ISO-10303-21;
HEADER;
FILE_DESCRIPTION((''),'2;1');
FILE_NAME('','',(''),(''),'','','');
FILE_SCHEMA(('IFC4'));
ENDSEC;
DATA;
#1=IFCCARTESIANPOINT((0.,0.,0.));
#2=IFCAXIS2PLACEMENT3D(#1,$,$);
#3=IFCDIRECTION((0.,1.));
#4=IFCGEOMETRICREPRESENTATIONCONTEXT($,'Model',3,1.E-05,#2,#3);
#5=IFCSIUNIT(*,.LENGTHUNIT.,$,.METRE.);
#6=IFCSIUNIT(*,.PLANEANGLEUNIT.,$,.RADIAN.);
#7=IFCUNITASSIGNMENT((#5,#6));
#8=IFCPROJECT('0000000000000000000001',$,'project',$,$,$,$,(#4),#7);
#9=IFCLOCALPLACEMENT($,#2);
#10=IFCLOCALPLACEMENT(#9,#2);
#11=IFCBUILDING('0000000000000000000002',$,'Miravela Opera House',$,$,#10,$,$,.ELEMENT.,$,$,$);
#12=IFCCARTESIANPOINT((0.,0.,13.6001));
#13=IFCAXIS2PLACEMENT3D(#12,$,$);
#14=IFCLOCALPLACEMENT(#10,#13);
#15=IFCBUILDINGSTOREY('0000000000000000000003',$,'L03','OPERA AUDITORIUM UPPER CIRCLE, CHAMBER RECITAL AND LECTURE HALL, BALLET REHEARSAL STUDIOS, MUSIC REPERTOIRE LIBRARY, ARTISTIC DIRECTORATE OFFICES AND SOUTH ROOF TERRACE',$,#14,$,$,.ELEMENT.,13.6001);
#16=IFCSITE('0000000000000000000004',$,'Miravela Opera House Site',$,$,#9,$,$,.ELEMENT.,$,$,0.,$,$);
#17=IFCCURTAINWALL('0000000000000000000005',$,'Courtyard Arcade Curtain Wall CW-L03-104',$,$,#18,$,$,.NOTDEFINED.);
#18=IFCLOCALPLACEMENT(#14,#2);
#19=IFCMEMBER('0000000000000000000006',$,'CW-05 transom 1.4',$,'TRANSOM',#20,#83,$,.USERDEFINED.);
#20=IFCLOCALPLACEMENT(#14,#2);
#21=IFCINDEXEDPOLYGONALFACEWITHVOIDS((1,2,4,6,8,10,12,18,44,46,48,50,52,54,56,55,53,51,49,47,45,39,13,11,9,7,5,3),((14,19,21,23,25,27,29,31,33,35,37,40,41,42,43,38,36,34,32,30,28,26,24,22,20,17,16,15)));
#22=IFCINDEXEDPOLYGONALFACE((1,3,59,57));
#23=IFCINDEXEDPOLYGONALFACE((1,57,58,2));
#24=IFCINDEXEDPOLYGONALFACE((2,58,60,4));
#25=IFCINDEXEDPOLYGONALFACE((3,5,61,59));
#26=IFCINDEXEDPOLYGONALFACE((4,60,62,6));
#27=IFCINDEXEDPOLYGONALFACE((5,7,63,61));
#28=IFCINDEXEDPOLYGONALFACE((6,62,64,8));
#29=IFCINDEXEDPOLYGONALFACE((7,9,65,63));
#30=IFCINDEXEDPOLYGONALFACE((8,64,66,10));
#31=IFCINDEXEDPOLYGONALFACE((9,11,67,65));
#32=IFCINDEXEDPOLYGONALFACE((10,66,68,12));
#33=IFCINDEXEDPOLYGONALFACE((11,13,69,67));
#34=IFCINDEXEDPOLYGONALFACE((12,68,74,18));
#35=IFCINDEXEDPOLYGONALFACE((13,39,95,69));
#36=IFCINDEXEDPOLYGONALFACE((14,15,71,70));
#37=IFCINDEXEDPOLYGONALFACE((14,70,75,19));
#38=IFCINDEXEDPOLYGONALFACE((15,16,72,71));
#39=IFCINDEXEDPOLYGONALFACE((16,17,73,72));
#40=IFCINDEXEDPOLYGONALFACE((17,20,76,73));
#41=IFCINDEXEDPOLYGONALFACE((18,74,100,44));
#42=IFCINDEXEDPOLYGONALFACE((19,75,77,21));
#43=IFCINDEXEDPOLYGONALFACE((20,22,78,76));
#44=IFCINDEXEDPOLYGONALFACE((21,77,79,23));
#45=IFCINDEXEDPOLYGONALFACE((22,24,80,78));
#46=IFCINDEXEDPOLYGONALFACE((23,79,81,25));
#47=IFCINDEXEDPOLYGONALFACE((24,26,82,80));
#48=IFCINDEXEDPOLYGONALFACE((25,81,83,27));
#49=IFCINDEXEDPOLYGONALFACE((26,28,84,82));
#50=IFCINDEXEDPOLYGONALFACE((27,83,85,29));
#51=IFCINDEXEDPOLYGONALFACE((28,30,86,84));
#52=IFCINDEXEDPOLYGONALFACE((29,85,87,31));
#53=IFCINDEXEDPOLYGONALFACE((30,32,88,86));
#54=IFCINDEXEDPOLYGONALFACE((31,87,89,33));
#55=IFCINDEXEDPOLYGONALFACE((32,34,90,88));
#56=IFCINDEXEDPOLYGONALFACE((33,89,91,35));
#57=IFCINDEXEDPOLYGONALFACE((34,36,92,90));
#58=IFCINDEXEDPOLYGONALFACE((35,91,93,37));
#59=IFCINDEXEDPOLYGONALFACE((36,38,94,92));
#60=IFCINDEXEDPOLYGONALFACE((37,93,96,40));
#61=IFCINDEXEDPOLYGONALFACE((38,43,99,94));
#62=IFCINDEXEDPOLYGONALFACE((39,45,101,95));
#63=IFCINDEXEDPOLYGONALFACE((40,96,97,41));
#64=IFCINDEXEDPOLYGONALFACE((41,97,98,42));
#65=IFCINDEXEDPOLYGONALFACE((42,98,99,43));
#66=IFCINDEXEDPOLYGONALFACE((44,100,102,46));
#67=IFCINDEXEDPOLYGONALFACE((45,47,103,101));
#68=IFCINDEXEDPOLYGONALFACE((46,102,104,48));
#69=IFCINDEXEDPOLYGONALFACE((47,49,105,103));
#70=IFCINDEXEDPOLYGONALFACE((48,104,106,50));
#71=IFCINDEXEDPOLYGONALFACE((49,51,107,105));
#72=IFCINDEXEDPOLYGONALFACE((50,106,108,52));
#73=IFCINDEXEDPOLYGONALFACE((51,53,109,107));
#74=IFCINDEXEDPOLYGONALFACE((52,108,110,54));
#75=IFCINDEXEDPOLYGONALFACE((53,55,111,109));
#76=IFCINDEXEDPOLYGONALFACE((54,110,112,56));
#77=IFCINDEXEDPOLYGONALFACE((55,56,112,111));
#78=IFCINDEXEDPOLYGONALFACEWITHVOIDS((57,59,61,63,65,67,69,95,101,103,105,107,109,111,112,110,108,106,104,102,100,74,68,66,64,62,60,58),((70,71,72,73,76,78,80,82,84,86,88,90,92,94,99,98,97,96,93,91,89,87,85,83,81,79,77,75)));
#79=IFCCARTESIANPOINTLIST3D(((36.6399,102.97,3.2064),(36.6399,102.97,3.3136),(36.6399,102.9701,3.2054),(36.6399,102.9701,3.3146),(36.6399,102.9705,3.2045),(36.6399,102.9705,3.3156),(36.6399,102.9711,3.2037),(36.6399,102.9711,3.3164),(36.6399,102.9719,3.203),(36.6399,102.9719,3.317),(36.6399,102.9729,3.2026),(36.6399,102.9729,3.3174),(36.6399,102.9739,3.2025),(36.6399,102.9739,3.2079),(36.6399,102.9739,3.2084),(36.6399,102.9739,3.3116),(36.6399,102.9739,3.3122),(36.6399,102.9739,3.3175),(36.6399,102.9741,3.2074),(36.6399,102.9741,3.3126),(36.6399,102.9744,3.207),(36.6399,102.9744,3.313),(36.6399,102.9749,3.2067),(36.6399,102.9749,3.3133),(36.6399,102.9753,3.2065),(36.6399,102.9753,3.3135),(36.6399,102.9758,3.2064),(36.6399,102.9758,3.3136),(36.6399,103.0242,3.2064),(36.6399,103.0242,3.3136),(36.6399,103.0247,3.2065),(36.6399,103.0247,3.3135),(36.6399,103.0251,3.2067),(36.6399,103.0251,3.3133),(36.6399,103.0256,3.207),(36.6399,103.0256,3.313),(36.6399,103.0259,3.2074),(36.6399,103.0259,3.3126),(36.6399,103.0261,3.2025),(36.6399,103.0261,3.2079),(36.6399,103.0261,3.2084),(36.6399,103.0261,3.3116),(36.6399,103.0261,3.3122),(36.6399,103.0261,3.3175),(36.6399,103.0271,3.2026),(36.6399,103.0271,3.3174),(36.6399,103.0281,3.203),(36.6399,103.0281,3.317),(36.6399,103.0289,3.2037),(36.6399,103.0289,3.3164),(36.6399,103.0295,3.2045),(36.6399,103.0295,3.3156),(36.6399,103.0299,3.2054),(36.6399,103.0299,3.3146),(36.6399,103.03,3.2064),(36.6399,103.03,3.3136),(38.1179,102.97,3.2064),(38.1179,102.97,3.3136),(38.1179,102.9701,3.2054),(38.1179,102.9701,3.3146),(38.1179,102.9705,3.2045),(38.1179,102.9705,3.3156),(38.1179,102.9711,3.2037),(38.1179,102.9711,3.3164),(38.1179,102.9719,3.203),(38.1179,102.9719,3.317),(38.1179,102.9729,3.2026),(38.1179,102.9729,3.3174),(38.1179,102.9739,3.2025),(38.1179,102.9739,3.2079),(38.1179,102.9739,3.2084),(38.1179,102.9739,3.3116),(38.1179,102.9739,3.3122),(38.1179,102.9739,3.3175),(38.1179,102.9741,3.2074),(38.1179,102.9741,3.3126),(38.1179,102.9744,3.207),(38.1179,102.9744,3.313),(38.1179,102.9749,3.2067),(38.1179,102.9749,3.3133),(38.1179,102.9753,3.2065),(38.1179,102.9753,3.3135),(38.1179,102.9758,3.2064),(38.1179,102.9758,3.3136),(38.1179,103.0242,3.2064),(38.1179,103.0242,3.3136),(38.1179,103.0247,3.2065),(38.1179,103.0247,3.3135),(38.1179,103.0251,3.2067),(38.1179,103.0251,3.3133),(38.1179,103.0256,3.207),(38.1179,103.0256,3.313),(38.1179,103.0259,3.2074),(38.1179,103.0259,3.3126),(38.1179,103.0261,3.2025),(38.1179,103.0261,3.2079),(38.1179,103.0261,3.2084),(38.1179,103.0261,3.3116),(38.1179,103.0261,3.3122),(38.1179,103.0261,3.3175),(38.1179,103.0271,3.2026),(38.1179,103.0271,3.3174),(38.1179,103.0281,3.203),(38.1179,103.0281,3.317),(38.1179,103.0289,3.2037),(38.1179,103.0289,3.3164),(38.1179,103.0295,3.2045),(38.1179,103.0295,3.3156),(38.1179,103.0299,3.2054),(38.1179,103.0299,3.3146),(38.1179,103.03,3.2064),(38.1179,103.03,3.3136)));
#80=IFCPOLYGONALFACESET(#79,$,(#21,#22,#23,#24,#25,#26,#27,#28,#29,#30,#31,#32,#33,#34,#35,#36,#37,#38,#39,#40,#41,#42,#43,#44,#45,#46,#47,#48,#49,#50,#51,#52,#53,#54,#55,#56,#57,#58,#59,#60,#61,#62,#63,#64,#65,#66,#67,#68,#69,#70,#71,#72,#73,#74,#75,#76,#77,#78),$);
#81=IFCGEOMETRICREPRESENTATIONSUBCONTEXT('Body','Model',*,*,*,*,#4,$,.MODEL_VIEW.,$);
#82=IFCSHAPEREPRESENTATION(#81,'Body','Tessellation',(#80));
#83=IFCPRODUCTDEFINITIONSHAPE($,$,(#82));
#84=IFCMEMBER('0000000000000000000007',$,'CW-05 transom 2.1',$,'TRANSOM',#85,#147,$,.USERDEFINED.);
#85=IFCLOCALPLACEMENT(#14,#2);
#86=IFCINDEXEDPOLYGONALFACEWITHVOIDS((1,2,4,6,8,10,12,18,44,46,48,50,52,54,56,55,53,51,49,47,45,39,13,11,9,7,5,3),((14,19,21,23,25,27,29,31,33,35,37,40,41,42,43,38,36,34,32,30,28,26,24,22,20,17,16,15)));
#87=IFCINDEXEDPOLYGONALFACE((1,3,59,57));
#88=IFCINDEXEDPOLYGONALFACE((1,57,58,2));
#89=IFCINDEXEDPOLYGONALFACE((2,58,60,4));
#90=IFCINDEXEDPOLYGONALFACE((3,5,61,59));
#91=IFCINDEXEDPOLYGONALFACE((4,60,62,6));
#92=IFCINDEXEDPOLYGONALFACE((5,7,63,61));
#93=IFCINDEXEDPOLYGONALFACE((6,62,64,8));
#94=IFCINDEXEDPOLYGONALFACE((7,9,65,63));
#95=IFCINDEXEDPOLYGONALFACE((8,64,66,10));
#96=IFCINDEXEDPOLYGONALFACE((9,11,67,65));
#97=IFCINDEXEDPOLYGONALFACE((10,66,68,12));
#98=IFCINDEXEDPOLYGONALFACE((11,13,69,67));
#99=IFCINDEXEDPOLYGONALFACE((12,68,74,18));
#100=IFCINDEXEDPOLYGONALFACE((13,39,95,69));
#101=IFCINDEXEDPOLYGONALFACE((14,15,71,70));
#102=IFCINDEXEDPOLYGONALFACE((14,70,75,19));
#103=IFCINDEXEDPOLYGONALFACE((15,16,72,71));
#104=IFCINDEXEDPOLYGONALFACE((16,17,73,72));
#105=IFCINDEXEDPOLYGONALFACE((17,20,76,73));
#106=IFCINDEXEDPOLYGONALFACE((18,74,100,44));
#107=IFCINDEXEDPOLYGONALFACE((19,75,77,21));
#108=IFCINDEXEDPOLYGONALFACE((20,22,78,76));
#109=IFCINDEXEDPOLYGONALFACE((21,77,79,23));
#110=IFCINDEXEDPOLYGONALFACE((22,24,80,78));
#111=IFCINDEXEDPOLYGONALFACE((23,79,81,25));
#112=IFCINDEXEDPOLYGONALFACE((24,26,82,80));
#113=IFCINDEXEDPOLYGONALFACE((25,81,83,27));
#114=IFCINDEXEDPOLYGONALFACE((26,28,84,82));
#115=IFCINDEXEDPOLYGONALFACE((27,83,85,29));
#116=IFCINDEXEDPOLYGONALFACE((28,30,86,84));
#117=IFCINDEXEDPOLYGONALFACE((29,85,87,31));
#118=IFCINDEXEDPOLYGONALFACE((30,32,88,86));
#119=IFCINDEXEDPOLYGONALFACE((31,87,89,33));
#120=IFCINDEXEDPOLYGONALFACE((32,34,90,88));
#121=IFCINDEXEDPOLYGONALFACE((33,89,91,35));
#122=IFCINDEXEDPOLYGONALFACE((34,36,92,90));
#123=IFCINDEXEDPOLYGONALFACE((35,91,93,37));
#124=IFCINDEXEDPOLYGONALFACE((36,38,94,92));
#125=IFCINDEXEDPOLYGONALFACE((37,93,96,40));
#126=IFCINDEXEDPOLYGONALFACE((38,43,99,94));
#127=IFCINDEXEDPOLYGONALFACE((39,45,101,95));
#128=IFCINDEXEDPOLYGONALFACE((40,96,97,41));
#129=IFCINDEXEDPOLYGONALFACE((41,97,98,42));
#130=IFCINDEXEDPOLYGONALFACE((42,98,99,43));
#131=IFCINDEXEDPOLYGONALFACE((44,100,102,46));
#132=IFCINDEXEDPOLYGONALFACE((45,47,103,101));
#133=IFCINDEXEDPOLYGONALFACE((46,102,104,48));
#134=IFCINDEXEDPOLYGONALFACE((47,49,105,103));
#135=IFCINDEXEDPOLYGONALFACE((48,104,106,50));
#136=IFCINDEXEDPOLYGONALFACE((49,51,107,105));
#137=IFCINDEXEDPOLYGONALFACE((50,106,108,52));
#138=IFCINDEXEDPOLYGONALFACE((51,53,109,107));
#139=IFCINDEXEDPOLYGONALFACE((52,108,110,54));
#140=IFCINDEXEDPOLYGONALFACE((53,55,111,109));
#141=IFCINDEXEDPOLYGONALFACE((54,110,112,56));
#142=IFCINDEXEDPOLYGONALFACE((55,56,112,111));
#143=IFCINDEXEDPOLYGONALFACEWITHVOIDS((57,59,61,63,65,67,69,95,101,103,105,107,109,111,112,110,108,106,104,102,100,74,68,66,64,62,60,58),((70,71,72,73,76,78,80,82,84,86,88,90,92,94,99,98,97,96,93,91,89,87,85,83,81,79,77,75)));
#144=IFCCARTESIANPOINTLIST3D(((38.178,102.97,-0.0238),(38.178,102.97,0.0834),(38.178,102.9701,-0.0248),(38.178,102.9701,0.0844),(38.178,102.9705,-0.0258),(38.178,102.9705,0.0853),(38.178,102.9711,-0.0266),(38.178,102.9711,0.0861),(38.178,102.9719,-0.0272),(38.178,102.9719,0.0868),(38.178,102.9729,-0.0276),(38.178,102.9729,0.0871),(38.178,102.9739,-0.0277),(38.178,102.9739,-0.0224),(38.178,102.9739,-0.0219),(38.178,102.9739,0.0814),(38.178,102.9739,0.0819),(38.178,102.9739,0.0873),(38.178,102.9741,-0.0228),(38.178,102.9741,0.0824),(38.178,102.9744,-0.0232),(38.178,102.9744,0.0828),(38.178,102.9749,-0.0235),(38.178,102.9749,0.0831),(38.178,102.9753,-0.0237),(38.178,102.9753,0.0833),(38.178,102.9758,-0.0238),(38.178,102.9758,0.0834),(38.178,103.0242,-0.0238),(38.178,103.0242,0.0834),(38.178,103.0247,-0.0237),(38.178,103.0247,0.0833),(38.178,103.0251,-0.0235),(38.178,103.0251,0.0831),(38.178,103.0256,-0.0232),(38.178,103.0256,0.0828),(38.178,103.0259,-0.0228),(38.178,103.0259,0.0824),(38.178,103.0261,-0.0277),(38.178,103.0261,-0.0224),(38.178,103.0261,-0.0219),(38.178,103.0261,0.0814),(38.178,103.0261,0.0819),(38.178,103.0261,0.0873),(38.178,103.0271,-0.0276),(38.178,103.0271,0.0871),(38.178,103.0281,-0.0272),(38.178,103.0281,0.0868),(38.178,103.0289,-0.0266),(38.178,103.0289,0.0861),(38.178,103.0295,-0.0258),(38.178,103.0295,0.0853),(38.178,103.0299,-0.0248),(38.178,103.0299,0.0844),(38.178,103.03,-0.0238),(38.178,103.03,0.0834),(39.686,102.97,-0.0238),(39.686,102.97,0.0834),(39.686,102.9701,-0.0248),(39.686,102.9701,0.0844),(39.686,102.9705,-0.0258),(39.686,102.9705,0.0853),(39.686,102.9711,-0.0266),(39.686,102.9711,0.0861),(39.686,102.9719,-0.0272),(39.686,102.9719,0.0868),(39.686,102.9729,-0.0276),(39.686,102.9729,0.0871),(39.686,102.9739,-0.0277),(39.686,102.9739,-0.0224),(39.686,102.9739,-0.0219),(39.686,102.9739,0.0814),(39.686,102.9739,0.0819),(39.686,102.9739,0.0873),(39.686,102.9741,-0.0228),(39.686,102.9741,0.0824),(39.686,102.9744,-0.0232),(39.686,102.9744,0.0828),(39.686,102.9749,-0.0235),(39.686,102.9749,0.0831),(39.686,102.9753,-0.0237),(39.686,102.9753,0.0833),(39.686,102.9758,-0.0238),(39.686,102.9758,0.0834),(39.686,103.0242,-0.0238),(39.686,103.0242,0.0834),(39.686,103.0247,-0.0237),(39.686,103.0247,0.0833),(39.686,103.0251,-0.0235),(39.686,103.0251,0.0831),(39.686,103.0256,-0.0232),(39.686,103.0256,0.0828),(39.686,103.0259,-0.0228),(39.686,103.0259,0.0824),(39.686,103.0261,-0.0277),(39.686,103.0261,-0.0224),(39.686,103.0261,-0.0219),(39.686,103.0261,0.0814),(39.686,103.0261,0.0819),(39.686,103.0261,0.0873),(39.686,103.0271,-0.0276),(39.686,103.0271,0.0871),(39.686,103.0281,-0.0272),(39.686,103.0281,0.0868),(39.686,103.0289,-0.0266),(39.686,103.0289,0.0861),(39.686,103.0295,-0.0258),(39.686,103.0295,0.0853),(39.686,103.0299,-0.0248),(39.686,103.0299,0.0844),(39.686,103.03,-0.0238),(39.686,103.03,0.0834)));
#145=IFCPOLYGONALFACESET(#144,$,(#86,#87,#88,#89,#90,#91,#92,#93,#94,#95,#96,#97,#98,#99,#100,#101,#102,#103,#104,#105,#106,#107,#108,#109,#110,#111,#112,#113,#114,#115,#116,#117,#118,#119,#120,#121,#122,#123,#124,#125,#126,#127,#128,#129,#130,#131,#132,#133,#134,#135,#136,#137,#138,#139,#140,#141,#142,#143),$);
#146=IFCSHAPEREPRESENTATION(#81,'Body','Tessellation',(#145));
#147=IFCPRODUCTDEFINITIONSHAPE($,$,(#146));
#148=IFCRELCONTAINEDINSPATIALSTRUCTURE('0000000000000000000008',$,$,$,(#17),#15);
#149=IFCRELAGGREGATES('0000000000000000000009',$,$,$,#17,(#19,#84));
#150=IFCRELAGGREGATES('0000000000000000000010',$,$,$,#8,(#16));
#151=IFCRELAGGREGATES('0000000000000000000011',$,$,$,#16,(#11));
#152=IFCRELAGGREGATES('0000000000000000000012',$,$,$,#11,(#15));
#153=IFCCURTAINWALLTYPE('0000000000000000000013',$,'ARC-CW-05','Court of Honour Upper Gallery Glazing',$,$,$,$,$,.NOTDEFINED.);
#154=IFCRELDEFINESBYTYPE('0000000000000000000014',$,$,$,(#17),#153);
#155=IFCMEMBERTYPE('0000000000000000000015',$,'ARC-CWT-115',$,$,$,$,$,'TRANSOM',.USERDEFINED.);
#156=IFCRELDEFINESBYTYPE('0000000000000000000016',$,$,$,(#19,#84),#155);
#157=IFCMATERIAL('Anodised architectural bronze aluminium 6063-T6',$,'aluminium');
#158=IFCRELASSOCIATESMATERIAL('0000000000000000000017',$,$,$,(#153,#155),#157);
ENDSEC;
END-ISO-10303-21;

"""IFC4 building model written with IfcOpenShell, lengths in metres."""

from ifc_helpers import new_model, si_unit, direction, frame, origin, origin_2d, place, context, subcontext, project, spatial, hollow_rectangle, extrude, material, material_profile, profile_set, type_object, element, aggregate, save


model = new_model("IFC4")

# Units and contexts
model_context = context("Model", 3, precision=1e-05, world=origin(), true_north=direction((0.0, 1.0)))
body_context = subcontext(model_context, "Body", "Model", "MODEL_VIEW")
ifc_project = project(units=[si_unit("LENGTHUNIT", "METRE"), si_unit("PLANEANGLEUNIT", "RADIAN")], contexts=[model_context])

# Site, building, storey
site_placement = place(None, origin())
site = spatial("IfcSite", under=ifc_project, at=site_placement, Name="Miravela Opera House Site", CompositionType="ELEMENT", RefElevation=0.0)
building_placement = place(site_placement, origin())
building = spatial("IfcBuilding", under=site, at=building_placement, Name="Miravela Opera House", CompositionType="ELEMENT")
storey_placement = place(building_placement, frame((0.0, 0.0, 13.6001)))
storey = spatial("IfcBuildingStorey", under=building, at=storey_placement, Name="L03", Description="OPERA AUDITORIUM UPPER CIRCLE, CHAMBER RECITAL AND LECTURE HALL, BALLET REHEARSAL STUDIOS, MUSIC REPERTOIRE LIBRARY, ARTISTIC DIRECTORATE OFFICES AND SOUTH ROOF TERRACE", CompositionType="ELEMENT", Elevation=13.6001)

# Curtain wall, members
ifc_material_1 = material(Name="Anodised architectural bronze aluminium 6063-T6", Category="aluminium")
curtain_wall_type = type_object("IfcCurtainWallType", Name="ARC-CW-05", Description="Court of Honour Upper Gallery Glazing", PredefinedType="NOTDEFINED", material=ifc_material_1)
curtain_wall_placement = place(storey_placement, origin())
curtain_wall = element("IfcCurtainWall", 1, at=curtain_wall_placement, inside=storey, type_object=curtain_wall_type, Name="Courtyard Arcade Curtain Wall CW-L03-104", PredefinedType="NOTDEFINED")
ifc_material_profile_1 = material_profile(ifc_material_1, hollow_rectangle(XDim=0.0601, YDim=0.115, WallThickness=0.0039, InnerFilletRadius=0.002, OuterFilletRadius=0.0039, at=origin_2d()), Name="CWT-60X115")
ifc_profile_set_1 = profile_set([ifc_material_profile_1])
member_type_1 = type_object("IfcMemberType", Name="ARC-CWT-115", ElementType="TRANSOM", PredefinedType="USERDEFINED", material=ifc_profile_set_1)
member_1_placement = place(storey_placement, frame((36.6399, 103.0, 3.26), z_axis=(1.0, 0.0, 0.0), x_axis=(0.0, 1.0, 0.0)))
member_1 = element("IfcMember", 2, at=member_1_placement, type_object=member_type_1, Name="CW-05 transom 1.4", ObjectType="TRANSOM", PredefinedType="USERDEFINED", context=body_context, shape_type="SweptSolid", body=[
    extrude(hollow_rectangle(XDim=0.0601, YDim=0.115, WallThickness=0.0039, InnerFilletRadius=0.002, OuterFilletRadius=0.0039, at=origin_2d()), origin(), (0.0, 0.0, 1.0), 1.478),
])
member_2_placement = place(storey_placement, frame((38.178, 103.0, 0.0298), z_axis=(1.0, 0.0, 0.0), x_axis=(0.0, 1.0, 0.0)))
member_2 = element("IfcMember", 3, at=member_2_placement, type_object=member_type_1, Name="CW-05 transom 2.1", ObjectType="TRANSOM", PredefinedType="USERDEFINED", context=body_context, shape_type="SweptSolid", body=[
    extrude(hollow_rectangle(XDim=0.0601, YDim=0.115, WallThickness=0.0039, InnerFilletRadius=0.002, OuterFilletRadius=0.0039, at=origin_2d()), origin(), (0.0, 0.0, 1.0), 1.5081),
])
aggregate(curtain_wall, [member_1, member_2])

save(model, "model.ifc")
